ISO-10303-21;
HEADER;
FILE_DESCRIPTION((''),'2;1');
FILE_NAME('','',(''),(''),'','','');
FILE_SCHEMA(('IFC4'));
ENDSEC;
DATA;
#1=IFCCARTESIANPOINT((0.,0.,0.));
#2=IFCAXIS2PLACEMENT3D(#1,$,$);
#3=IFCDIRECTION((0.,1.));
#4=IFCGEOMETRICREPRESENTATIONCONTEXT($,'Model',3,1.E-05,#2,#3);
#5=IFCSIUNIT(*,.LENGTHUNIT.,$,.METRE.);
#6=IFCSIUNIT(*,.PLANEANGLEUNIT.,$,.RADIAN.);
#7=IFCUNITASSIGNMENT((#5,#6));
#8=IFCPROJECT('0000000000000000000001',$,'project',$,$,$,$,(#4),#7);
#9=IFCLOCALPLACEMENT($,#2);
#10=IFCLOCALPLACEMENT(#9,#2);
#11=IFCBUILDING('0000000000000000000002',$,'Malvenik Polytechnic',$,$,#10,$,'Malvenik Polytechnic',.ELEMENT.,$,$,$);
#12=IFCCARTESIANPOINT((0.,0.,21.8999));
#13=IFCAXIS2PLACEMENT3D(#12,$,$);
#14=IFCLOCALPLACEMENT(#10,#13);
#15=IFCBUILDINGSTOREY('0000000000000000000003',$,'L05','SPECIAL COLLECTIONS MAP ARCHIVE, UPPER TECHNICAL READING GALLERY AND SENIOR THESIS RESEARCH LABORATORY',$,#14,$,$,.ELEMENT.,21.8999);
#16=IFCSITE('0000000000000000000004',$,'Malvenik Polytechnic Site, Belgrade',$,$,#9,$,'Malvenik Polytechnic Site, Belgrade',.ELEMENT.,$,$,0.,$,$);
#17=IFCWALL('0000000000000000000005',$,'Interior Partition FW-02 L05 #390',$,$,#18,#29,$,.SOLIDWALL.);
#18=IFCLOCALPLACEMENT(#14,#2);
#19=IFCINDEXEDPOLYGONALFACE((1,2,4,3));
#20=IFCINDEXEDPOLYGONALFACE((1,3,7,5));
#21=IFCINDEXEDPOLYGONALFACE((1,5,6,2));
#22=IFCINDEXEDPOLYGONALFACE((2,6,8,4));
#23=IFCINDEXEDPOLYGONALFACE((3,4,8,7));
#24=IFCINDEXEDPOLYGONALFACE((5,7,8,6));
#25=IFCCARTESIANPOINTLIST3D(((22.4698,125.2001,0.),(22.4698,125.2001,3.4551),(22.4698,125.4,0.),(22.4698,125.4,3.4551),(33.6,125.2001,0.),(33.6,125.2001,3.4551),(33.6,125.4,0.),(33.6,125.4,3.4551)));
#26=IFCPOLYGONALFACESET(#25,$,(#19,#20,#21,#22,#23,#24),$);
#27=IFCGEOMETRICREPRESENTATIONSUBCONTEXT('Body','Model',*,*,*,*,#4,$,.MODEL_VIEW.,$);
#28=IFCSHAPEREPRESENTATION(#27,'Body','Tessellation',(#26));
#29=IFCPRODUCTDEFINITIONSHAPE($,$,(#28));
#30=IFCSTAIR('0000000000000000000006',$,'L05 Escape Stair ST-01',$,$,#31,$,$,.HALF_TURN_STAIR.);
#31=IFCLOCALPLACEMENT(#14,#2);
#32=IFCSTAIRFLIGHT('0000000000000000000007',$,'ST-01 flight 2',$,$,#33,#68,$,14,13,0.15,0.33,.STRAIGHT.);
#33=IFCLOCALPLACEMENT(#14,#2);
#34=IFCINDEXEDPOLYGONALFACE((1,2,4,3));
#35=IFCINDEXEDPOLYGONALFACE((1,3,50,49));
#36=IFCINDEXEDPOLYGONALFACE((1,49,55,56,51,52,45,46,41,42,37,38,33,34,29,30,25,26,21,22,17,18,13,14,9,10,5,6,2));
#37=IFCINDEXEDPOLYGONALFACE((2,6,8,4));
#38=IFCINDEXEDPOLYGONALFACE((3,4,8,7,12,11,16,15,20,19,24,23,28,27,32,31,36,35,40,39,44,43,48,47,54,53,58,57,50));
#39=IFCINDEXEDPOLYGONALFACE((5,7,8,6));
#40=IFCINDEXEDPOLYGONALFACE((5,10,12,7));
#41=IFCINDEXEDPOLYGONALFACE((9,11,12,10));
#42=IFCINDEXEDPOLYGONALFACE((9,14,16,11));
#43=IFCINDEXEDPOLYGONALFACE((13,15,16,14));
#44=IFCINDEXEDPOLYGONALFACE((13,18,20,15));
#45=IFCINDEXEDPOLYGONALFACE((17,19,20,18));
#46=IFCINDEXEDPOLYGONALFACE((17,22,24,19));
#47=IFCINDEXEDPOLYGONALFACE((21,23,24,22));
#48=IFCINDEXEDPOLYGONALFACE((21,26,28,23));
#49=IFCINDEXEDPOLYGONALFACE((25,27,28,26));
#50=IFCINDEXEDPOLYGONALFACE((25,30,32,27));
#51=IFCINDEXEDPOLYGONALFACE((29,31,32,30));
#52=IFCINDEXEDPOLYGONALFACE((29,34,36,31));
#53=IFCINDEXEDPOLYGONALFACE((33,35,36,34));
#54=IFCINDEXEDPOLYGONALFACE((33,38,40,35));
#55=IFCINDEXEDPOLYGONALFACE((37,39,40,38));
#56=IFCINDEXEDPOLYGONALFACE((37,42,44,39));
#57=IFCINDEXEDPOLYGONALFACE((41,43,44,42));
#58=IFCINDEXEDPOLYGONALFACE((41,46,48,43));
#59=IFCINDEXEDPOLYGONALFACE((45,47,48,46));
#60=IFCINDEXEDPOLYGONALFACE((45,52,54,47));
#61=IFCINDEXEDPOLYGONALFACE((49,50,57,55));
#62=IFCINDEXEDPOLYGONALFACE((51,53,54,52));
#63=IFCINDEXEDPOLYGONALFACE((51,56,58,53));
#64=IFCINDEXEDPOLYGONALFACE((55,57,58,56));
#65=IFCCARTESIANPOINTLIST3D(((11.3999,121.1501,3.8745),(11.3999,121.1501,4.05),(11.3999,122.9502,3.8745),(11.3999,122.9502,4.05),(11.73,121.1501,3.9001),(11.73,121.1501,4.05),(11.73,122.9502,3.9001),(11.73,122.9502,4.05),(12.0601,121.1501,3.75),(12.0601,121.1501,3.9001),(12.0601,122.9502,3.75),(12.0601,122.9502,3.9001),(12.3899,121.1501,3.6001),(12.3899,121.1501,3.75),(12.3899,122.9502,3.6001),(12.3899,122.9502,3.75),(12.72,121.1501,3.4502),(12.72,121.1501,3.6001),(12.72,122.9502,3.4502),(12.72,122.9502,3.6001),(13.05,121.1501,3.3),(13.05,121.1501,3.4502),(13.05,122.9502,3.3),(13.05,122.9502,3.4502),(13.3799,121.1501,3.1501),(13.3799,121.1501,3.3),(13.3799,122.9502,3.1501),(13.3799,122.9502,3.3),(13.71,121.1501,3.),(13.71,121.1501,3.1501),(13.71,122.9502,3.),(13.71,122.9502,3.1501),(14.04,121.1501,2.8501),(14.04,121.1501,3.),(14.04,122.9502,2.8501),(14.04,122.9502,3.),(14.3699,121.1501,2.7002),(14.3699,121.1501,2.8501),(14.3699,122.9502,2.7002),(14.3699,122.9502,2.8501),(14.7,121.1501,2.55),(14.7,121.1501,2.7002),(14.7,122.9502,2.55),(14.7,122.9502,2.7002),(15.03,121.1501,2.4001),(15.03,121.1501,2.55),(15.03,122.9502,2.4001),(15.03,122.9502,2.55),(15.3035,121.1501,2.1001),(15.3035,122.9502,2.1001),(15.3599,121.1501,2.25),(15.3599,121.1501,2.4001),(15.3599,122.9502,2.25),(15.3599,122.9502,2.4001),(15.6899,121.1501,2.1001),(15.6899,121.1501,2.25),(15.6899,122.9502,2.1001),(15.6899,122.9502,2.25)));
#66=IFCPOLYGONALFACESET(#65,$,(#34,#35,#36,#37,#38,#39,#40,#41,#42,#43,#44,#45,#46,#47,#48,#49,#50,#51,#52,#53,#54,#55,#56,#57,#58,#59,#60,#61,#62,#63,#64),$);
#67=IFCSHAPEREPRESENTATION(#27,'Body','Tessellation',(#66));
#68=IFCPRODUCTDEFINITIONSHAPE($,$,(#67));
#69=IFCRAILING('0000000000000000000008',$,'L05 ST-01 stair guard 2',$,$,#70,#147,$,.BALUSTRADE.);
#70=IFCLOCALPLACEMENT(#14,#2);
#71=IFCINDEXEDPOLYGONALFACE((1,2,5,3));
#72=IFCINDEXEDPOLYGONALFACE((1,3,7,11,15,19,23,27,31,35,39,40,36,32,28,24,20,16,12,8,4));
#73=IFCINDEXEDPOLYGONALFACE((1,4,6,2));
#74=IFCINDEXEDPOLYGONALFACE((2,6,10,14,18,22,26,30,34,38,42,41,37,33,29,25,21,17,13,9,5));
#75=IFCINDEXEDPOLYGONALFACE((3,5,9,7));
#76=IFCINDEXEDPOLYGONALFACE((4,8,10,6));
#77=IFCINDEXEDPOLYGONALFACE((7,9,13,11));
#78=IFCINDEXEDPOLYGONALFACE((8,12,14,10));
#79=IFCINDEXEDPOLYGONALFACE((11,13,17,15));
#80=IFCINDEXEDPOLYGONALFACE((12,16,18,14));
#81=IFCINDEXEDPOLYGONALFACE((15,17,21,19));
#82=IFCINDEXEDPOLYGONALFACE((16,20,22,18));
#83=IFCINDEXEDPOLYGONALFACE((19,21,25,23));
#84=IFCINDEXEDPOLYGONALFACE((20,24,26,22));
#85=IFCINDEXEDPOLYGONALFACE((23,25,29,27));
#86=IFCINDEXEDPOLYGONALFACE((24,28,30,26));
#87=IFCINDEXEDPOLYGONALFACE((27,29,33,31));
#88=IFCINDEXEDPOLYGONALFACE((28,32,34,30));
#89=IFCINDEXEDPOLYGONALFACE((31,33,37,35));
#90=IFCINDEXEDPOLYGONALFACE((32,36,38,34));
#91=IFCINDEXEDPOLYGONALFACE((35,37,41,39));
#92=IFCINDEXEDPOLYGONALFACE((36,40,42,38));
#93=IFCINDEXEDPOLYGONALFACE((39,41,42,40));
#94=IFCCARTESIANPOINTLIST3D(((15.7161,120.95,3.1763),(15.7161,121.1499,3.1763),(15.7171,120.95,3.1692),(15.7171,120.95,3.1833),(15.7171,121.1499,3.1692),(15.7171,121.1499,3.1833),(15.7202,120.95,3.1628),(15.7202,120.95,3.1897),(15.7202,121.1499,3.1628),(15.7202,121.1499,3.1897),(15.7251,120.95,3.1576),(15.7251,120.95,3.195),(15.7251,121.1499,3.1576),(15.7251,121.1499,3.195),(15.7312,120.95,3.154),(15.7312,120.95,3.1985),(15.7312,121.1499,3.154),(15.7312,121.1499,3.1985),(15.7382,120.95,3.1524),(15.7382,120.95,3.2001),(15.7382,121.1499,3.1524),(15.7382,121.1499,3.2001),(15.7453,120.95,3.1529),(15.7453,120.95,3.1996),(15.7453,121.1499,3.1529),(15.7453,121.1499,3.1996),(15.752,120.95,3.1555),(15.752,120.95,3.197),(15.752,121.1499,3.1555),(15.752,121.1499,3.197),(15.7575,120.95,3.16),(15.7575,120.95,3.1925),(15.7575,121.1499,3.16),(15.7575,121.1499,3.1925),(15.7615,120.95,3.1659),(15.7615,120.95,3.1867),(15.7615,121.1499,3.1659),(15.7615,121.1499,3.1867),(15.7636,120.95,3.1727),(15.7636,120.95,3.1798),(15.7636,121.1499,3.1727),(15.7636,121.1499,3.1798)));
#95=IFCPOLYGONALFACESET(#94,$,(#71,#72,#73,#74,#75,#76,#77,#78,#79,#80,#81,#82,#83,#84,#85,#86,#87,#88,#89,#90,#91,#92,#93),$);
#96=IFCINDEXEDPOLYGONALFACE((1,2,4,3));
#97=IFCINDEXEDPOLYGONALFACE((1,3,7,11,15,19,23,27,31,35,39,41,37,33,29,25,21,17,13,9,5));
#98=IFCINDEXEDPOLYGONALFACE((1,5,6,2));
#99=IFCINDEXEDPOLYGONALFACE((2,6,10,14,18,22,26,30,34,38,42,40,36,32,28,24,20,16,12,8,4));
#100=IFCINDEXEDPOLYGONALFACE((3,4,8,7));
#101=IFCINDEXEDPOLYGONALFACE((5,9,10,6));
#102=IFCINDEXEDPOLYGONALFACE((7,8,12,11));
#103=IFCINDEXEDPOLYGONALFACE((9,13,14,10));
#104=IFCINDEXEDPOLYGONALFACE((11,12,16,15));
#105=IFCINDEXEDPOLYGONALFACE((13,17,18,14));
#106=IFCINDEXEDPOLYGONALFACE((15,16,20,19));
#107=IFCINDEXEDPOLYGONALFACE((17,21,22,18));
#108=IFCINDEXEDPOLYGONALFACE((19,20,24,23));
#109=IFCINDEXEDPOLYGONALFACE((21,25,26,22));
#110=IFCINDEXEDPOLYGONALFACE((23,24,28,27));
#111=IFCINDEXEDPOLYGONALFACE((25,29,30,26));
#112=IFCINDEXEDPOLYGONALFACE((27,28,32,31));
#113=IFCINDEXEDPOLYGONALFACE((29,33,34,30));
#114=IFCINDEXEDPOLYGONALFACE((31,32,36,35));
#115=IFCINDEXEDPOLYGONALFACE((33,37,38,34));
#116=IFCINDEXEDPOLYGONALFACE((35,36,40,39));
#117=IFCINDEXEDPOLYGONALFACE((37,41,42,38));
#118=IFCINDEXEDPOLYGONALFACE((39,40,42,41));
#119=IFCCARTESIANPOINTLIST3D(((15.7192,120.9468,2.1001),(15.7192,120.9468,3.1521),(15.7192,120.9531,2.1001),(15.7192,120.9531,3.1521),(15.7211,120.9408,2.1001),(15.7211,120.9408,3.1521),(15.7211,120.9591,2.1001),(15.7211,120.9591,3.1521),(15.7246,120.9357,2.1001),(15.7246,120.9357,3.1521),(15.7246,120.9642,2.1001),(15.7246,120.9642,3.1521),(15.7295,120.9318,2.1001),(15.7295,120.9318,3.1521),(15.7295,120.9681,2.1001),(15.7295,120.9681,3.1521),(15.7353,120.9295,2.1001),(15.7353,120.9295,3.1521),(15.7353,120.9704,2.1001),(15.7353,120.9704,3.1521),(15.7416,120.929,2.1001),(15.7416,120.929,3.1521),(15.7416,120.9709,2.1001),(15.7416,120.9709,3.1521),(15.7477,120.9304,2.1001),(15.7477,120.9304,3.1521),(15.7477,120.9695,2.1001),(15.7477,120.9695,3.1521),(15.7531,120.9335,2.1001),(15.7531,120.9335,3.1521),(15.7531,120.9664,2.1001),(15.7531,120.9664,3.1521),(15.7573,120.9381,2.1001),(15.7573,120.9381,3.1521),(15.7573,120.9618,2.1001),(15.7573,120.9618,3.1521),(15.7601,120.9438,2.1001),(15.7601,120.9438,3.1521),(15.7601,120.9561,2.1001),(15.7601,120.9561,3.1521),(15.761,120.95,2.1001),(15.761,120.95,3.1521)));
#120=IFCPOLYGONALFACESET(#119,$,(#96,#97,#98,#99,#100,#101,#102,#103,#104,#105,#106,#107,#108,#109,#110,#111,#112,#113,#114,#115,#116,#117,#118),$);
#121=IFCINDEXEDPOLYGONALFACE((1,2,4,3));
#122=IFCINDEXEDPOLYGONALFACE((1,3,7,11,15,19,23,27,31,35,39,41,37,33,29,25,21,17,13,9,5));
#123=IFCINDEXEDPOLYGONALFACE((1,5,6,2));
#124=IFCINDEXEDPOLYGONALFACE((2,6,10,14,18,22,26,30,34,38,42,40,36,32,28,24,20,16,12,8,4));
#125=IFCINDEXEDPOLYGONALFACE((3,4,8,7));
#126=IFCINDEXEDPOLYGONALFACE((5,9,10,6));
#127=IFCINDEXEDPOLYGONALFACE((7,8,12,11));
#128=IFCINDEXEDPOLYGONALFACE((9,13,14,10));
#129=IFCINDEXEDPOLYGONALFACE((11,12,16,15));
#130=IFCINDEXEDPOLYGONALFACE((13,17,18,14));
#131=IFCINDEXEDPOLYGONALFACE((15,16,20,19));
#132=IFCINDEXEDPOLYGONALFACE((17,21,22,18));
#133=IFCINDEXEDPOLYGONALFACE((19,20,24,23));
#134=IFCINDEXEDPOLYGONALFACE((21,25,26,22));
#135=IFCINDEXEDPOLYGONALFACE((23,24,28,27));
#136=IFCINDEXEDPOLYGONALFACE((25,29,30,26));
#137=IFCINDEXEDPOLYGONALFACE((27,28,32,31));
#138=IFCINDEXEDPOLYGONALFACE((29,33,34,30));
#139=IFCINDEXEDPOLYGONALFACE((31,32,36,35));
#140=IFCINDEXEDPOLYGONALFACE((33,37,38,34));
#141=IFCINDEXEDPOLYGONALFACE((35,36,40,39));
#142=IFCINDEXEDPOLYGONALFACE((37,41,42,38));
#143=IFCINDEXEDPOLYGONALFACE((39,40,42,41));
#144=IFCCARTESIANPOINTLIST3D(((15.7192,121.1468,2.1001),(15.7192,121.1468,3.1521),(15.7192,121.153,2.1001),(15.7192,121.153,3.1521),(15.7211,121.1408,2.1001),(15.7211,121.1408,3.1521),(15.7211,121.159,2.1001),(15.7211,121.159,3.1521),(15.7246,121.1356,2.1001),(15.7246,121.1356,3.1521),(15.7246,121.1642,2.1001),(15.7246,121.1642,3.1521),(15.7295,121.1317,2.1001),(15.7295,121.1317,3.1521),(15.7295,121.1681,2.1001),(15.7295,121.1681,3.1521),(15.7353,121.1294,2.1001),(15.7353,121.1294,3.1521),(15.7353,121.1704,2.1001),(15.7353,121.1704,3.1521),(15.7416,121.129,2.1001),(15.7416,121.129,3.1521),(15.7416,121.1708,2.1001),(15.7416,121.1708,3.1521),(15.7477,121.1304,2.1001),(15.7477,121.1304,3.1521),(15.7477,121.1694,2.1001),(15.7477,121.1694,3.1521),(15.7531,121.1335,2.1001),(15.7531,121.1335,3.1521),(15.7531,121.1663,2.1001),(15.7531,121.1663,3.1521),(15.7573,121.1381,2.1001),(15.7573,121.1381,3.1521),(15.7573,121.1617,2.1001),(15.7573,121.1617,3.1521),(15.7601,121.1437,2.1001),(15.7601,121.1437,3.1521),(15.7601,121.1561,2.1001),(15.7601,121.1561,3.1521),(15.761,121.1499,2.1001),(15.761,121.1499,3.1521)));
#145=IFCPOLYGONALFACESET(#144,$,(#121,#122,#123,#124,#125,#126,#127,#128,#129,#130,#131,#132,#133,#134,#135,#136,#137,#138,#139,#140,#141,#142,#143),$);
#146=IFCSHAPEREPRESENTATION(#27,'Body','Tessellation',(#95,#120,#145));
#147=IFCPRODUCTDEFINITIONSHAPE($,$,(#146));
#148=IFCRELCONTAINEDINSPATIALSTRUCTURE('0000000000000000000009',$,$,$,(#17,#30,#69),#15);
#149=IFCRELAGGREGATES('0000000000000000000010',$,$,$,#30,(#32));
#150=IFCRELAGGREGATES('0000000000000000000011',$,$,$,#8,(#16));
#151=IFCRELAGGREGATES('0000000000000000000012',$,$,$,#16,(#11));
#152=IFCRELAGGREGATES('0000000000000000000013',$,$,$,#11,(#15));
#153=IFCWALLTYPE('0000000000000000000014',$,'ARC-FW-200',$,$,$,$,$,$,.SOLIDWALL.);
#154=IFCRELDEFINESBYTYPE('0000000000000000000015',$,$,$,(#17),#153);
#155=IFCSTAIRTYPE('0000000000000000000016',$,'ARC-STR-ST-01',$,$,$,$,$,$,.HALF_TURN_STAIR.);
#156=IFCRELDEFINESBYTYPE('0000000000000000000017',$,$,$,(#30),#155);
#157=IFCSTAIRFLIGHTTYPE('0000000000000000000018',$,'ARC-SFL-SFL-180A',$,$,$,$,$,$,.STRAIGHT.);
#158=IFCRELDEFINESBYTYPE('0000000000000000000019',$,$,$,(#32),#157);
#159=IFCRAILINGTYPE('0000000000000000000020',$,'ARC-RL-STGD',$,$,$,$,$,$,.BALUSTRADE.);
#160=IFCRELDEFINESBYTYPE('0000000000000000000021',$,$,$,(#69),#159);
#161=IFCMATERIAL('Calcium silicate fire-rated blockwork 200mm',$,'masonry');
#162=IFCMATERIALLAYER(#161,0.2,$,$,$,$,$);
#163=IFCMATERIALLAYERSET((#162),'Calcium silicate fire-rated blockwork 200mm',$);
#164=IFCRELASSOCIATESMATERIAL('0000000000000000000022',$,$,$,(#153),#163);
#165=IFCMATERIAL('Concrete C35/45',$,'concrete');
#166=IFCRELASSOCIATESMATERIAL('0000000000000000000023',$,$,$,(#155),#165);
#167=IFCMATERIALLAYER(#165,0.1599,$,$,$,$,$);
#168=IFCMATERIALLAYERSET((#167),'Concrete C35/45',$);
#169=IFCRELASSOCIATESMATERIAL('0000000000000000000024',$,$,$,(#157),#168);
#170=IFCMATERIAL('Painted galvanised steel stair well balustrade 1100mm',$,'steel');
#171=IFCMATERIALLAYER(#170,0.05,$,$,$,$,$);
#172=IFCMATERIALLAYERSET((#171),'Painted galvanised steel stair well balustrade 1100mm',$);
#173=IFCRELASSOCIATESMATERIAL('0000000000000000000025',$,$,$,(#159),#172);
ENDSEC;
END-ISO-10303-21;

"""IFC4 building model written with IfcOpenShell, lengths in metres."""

from ifc_helpers import new_model, si_unit, direction, frame, frame_2d, origin, origin_2d, place, context, subcontext, project, spatial, polyline, rectangle, circle, outline, extrude, material, layer, layer_set, type_object, element, aggregate, save


model = new_model("IFC4")

# Units and contexts
model_context = context("Model", 3, precision=1e-05, world=origin(), true_north=direction((0.0, 1.0)))
body_context = subcontext(model_context, "Body", "Model", "MODEL_VIEW")
ifc_project = project(units=[si_unit("LENGTHUNIT", "METRE"), si_unit("PLANEANGLEUNIT", "RADIAN")], contexts=[model_context])

# Site, building, storey
site_placement = place(None, origin())
site = spatial("IfcSite", under=ifc_project, at=site_placement, Name="Malvenik Polytechnic Site, Belgrade", LongName="Malvenik Polytechnic Site, Belgrade", CompositionType="ELEMENT", RefElevation=0.0)
building_placement = place(site_placement, origin())
building = spatial("IfcBuilding", under=site, at=building_placement, Name="Malvenik Polytechnic", LongName="Malvenik Polytechnic", CompositionType="ELEMENT")
storey_placement = place(building_placement, frame((0.0, 0.0, 21.8999)))
storey = spatial("IfcBuildingStorey", under=building, at=storey_placement, Name="L05", Description="SPECIAL COLLECTIONS MAP ARCHIVE, UPPER TECHNICAL READING GALLERY AND SENIOR THESIS RESEARCH LABORATORY", CompositionType="ELEMENT", Elevation=21.8999)

# Shared definitions
ifc_material_1 = material(Name="Concrete C35/45", Category="concrete")

# Wall
ifc_material_2 = material(Name="Calcium silicate fire-rated blockwork 200mm", Category="masonry")
ifc_layer_1 = layer(ifc_material_2, 0.2)
ifc_layer_set_1 = layer_set([ifc_layer_1], Name="Calcium silicate fire-rated blockwork 200mm")
wall_type_1 = type_object("IfcWallType", Name="ARC-FW-200", PredefinedType="SOLIDWALL", material=ifc_layer_set_1)
wall_1_placement = place(storey_placement, frame((22.47, 125.3, 0.0), z_axis=(0.0, 0.0, 1.0), x_axis=(1.0, 0.0, 0.0)))
element("IfcWall", 1, at=wall_1_placement, inside=storey, type_object=wall_type_1, Name="Interior Partition FW-02 L05 #390", PredefinedType="SOLIDWALL", context=body_context, shape_type="SweptSolid", body=[
    extrude(rectangle(XDim=11.1301, YDim=0.2, at=frame_2d((5.5649, 0.0))), origin(), (0.0, 0.0, 1.0), 3.4551),
])

# Stair, stair flight
stair_type = type_object("IfcStairType", Name="ARC-STR-ST-01", PredefinedType="HALF_TURN_STAIR", material=ifc_material_1)
stair_placement = place(storey_placement, origin())
stair = element("IfcStair", 2, at=stair_placement, inside=storey, type_object=stair_type, Name="L05 Escape Stair ST-01", PredefinedType="HALF_TURN_STAIR")
ifc_layer_2 = layer(ifc_material_1, 0.1599)
ifc_layer_set_2 = layer_set([ifc_layer_2], Name="Concrete C35/45")
stair_flight_type = type_object("IfcStairFlightType", Name="ARC-SFL-SFL-180A", PredefinedType="STRAIGHT", material=ifc_layer_set_2)
stair_flight_placement = place(storey_placement, frame((15.6899, 122.05, 2.1001), z_axis=(0.0, 0.0, 1.0), x_axis=(-1.0, 0.0, 0.0)))
stair_flight = element("IfcStairFlight", 3, at=stair_flight_placement, type_object=stair_flight_type, Name="ST-01 flight 2", NumberOfRisers=14, NumberOfTreads=13, PredefinedType="STRAIGHT", RiserHeight=0.15, TreadLength=0.33, context=body_context, shape_type="SweptSolid", body=[
    extrude(outline(polyline([(0.0, 0.0), (0.0, 0.1499), (0.3301, 0.1499), (0.3301, 0.3), (0.6599, 0.3), (0.6599, 0.45), (0.99, 0.45), (0.99, 0.6001), (1.3201, 0.6001), (1.3201, 0.75), (1.6499, 0.75), (1.6499, 0.8999), (1.98, 0.8999), (1.98, 1.05), (2.3101, 1.05), (2.3101, 1.2), (2.6399, 1.2), (2.6399, 1.3501), (2.97, 1.3501), (2.97, 1.5), (3.3, 1.5), (3.3, 1.6499), (3.6299, 1.6499), (3.6299, 1.8), (3.96, 1.8), (3.96, 1.95), (4.29, 1.95), (4.29, 2.1001), (4.29, 1.7744), (0.3865, 0.0), (0.0, 0.0)])), frame((0.0, 0.8999, 0.0), z_axis=(0.0, -1.0, 0.0), x_axis=(1.0, 0.0, 0.0)), (0.0, 0.0, 1.0), 1.8),
])
aggregate(stair, [stair_flight])

# Railing
ifc_material_3 = material(Name="Painted galvanised steel stair well balustrade 1100mm", Category="steel")
ifc_layer_3 = layer(ifc_material_3, 0.05)
ifc_layer_set_3 = layer_set([ifc_layer_3], Name="Painted galvanised steel stair well balustrade 1100mm")
railing_type_1 = type_object("IfcRailingType", Name="ARC-RL-STGD", PredefinedType="BALUSTRADE", material=ifc_layer_set_3)
railing_1_placement = place(storey_placement, frame((15.74, 120.95, 2.1001)))
element("IfcRailing", 4, at=railing_1_placement, inside=storey, type_object=railing_type_1, Name="L05 ST-01 stair guard 2", PredefinedType="BALUSTRADE", context=body_context, shape_type="SweptSolid", body=[
    extrude(circle(Radius=0.0239, at=origin_2d()), frame((0.0, 0.0, 1.0762), z_axis=(0.0, 1.0, 0.0), x_axis=(-1.0, 0.0, 0.0)), (0.0, 0.0, 1.0), 0.2),
    extrude(circle(Radius=0.021, at=origin_2d()), origin(), (0.0, 0.0, 1.0), 1.052),
    extrude(circle(Radius=0.021, at=origin_2d()), frame((0.0, 0.2, 0.0)), (0.0, 0.0, 1.0), 1.052),
])

save(model, "model.ifc")
